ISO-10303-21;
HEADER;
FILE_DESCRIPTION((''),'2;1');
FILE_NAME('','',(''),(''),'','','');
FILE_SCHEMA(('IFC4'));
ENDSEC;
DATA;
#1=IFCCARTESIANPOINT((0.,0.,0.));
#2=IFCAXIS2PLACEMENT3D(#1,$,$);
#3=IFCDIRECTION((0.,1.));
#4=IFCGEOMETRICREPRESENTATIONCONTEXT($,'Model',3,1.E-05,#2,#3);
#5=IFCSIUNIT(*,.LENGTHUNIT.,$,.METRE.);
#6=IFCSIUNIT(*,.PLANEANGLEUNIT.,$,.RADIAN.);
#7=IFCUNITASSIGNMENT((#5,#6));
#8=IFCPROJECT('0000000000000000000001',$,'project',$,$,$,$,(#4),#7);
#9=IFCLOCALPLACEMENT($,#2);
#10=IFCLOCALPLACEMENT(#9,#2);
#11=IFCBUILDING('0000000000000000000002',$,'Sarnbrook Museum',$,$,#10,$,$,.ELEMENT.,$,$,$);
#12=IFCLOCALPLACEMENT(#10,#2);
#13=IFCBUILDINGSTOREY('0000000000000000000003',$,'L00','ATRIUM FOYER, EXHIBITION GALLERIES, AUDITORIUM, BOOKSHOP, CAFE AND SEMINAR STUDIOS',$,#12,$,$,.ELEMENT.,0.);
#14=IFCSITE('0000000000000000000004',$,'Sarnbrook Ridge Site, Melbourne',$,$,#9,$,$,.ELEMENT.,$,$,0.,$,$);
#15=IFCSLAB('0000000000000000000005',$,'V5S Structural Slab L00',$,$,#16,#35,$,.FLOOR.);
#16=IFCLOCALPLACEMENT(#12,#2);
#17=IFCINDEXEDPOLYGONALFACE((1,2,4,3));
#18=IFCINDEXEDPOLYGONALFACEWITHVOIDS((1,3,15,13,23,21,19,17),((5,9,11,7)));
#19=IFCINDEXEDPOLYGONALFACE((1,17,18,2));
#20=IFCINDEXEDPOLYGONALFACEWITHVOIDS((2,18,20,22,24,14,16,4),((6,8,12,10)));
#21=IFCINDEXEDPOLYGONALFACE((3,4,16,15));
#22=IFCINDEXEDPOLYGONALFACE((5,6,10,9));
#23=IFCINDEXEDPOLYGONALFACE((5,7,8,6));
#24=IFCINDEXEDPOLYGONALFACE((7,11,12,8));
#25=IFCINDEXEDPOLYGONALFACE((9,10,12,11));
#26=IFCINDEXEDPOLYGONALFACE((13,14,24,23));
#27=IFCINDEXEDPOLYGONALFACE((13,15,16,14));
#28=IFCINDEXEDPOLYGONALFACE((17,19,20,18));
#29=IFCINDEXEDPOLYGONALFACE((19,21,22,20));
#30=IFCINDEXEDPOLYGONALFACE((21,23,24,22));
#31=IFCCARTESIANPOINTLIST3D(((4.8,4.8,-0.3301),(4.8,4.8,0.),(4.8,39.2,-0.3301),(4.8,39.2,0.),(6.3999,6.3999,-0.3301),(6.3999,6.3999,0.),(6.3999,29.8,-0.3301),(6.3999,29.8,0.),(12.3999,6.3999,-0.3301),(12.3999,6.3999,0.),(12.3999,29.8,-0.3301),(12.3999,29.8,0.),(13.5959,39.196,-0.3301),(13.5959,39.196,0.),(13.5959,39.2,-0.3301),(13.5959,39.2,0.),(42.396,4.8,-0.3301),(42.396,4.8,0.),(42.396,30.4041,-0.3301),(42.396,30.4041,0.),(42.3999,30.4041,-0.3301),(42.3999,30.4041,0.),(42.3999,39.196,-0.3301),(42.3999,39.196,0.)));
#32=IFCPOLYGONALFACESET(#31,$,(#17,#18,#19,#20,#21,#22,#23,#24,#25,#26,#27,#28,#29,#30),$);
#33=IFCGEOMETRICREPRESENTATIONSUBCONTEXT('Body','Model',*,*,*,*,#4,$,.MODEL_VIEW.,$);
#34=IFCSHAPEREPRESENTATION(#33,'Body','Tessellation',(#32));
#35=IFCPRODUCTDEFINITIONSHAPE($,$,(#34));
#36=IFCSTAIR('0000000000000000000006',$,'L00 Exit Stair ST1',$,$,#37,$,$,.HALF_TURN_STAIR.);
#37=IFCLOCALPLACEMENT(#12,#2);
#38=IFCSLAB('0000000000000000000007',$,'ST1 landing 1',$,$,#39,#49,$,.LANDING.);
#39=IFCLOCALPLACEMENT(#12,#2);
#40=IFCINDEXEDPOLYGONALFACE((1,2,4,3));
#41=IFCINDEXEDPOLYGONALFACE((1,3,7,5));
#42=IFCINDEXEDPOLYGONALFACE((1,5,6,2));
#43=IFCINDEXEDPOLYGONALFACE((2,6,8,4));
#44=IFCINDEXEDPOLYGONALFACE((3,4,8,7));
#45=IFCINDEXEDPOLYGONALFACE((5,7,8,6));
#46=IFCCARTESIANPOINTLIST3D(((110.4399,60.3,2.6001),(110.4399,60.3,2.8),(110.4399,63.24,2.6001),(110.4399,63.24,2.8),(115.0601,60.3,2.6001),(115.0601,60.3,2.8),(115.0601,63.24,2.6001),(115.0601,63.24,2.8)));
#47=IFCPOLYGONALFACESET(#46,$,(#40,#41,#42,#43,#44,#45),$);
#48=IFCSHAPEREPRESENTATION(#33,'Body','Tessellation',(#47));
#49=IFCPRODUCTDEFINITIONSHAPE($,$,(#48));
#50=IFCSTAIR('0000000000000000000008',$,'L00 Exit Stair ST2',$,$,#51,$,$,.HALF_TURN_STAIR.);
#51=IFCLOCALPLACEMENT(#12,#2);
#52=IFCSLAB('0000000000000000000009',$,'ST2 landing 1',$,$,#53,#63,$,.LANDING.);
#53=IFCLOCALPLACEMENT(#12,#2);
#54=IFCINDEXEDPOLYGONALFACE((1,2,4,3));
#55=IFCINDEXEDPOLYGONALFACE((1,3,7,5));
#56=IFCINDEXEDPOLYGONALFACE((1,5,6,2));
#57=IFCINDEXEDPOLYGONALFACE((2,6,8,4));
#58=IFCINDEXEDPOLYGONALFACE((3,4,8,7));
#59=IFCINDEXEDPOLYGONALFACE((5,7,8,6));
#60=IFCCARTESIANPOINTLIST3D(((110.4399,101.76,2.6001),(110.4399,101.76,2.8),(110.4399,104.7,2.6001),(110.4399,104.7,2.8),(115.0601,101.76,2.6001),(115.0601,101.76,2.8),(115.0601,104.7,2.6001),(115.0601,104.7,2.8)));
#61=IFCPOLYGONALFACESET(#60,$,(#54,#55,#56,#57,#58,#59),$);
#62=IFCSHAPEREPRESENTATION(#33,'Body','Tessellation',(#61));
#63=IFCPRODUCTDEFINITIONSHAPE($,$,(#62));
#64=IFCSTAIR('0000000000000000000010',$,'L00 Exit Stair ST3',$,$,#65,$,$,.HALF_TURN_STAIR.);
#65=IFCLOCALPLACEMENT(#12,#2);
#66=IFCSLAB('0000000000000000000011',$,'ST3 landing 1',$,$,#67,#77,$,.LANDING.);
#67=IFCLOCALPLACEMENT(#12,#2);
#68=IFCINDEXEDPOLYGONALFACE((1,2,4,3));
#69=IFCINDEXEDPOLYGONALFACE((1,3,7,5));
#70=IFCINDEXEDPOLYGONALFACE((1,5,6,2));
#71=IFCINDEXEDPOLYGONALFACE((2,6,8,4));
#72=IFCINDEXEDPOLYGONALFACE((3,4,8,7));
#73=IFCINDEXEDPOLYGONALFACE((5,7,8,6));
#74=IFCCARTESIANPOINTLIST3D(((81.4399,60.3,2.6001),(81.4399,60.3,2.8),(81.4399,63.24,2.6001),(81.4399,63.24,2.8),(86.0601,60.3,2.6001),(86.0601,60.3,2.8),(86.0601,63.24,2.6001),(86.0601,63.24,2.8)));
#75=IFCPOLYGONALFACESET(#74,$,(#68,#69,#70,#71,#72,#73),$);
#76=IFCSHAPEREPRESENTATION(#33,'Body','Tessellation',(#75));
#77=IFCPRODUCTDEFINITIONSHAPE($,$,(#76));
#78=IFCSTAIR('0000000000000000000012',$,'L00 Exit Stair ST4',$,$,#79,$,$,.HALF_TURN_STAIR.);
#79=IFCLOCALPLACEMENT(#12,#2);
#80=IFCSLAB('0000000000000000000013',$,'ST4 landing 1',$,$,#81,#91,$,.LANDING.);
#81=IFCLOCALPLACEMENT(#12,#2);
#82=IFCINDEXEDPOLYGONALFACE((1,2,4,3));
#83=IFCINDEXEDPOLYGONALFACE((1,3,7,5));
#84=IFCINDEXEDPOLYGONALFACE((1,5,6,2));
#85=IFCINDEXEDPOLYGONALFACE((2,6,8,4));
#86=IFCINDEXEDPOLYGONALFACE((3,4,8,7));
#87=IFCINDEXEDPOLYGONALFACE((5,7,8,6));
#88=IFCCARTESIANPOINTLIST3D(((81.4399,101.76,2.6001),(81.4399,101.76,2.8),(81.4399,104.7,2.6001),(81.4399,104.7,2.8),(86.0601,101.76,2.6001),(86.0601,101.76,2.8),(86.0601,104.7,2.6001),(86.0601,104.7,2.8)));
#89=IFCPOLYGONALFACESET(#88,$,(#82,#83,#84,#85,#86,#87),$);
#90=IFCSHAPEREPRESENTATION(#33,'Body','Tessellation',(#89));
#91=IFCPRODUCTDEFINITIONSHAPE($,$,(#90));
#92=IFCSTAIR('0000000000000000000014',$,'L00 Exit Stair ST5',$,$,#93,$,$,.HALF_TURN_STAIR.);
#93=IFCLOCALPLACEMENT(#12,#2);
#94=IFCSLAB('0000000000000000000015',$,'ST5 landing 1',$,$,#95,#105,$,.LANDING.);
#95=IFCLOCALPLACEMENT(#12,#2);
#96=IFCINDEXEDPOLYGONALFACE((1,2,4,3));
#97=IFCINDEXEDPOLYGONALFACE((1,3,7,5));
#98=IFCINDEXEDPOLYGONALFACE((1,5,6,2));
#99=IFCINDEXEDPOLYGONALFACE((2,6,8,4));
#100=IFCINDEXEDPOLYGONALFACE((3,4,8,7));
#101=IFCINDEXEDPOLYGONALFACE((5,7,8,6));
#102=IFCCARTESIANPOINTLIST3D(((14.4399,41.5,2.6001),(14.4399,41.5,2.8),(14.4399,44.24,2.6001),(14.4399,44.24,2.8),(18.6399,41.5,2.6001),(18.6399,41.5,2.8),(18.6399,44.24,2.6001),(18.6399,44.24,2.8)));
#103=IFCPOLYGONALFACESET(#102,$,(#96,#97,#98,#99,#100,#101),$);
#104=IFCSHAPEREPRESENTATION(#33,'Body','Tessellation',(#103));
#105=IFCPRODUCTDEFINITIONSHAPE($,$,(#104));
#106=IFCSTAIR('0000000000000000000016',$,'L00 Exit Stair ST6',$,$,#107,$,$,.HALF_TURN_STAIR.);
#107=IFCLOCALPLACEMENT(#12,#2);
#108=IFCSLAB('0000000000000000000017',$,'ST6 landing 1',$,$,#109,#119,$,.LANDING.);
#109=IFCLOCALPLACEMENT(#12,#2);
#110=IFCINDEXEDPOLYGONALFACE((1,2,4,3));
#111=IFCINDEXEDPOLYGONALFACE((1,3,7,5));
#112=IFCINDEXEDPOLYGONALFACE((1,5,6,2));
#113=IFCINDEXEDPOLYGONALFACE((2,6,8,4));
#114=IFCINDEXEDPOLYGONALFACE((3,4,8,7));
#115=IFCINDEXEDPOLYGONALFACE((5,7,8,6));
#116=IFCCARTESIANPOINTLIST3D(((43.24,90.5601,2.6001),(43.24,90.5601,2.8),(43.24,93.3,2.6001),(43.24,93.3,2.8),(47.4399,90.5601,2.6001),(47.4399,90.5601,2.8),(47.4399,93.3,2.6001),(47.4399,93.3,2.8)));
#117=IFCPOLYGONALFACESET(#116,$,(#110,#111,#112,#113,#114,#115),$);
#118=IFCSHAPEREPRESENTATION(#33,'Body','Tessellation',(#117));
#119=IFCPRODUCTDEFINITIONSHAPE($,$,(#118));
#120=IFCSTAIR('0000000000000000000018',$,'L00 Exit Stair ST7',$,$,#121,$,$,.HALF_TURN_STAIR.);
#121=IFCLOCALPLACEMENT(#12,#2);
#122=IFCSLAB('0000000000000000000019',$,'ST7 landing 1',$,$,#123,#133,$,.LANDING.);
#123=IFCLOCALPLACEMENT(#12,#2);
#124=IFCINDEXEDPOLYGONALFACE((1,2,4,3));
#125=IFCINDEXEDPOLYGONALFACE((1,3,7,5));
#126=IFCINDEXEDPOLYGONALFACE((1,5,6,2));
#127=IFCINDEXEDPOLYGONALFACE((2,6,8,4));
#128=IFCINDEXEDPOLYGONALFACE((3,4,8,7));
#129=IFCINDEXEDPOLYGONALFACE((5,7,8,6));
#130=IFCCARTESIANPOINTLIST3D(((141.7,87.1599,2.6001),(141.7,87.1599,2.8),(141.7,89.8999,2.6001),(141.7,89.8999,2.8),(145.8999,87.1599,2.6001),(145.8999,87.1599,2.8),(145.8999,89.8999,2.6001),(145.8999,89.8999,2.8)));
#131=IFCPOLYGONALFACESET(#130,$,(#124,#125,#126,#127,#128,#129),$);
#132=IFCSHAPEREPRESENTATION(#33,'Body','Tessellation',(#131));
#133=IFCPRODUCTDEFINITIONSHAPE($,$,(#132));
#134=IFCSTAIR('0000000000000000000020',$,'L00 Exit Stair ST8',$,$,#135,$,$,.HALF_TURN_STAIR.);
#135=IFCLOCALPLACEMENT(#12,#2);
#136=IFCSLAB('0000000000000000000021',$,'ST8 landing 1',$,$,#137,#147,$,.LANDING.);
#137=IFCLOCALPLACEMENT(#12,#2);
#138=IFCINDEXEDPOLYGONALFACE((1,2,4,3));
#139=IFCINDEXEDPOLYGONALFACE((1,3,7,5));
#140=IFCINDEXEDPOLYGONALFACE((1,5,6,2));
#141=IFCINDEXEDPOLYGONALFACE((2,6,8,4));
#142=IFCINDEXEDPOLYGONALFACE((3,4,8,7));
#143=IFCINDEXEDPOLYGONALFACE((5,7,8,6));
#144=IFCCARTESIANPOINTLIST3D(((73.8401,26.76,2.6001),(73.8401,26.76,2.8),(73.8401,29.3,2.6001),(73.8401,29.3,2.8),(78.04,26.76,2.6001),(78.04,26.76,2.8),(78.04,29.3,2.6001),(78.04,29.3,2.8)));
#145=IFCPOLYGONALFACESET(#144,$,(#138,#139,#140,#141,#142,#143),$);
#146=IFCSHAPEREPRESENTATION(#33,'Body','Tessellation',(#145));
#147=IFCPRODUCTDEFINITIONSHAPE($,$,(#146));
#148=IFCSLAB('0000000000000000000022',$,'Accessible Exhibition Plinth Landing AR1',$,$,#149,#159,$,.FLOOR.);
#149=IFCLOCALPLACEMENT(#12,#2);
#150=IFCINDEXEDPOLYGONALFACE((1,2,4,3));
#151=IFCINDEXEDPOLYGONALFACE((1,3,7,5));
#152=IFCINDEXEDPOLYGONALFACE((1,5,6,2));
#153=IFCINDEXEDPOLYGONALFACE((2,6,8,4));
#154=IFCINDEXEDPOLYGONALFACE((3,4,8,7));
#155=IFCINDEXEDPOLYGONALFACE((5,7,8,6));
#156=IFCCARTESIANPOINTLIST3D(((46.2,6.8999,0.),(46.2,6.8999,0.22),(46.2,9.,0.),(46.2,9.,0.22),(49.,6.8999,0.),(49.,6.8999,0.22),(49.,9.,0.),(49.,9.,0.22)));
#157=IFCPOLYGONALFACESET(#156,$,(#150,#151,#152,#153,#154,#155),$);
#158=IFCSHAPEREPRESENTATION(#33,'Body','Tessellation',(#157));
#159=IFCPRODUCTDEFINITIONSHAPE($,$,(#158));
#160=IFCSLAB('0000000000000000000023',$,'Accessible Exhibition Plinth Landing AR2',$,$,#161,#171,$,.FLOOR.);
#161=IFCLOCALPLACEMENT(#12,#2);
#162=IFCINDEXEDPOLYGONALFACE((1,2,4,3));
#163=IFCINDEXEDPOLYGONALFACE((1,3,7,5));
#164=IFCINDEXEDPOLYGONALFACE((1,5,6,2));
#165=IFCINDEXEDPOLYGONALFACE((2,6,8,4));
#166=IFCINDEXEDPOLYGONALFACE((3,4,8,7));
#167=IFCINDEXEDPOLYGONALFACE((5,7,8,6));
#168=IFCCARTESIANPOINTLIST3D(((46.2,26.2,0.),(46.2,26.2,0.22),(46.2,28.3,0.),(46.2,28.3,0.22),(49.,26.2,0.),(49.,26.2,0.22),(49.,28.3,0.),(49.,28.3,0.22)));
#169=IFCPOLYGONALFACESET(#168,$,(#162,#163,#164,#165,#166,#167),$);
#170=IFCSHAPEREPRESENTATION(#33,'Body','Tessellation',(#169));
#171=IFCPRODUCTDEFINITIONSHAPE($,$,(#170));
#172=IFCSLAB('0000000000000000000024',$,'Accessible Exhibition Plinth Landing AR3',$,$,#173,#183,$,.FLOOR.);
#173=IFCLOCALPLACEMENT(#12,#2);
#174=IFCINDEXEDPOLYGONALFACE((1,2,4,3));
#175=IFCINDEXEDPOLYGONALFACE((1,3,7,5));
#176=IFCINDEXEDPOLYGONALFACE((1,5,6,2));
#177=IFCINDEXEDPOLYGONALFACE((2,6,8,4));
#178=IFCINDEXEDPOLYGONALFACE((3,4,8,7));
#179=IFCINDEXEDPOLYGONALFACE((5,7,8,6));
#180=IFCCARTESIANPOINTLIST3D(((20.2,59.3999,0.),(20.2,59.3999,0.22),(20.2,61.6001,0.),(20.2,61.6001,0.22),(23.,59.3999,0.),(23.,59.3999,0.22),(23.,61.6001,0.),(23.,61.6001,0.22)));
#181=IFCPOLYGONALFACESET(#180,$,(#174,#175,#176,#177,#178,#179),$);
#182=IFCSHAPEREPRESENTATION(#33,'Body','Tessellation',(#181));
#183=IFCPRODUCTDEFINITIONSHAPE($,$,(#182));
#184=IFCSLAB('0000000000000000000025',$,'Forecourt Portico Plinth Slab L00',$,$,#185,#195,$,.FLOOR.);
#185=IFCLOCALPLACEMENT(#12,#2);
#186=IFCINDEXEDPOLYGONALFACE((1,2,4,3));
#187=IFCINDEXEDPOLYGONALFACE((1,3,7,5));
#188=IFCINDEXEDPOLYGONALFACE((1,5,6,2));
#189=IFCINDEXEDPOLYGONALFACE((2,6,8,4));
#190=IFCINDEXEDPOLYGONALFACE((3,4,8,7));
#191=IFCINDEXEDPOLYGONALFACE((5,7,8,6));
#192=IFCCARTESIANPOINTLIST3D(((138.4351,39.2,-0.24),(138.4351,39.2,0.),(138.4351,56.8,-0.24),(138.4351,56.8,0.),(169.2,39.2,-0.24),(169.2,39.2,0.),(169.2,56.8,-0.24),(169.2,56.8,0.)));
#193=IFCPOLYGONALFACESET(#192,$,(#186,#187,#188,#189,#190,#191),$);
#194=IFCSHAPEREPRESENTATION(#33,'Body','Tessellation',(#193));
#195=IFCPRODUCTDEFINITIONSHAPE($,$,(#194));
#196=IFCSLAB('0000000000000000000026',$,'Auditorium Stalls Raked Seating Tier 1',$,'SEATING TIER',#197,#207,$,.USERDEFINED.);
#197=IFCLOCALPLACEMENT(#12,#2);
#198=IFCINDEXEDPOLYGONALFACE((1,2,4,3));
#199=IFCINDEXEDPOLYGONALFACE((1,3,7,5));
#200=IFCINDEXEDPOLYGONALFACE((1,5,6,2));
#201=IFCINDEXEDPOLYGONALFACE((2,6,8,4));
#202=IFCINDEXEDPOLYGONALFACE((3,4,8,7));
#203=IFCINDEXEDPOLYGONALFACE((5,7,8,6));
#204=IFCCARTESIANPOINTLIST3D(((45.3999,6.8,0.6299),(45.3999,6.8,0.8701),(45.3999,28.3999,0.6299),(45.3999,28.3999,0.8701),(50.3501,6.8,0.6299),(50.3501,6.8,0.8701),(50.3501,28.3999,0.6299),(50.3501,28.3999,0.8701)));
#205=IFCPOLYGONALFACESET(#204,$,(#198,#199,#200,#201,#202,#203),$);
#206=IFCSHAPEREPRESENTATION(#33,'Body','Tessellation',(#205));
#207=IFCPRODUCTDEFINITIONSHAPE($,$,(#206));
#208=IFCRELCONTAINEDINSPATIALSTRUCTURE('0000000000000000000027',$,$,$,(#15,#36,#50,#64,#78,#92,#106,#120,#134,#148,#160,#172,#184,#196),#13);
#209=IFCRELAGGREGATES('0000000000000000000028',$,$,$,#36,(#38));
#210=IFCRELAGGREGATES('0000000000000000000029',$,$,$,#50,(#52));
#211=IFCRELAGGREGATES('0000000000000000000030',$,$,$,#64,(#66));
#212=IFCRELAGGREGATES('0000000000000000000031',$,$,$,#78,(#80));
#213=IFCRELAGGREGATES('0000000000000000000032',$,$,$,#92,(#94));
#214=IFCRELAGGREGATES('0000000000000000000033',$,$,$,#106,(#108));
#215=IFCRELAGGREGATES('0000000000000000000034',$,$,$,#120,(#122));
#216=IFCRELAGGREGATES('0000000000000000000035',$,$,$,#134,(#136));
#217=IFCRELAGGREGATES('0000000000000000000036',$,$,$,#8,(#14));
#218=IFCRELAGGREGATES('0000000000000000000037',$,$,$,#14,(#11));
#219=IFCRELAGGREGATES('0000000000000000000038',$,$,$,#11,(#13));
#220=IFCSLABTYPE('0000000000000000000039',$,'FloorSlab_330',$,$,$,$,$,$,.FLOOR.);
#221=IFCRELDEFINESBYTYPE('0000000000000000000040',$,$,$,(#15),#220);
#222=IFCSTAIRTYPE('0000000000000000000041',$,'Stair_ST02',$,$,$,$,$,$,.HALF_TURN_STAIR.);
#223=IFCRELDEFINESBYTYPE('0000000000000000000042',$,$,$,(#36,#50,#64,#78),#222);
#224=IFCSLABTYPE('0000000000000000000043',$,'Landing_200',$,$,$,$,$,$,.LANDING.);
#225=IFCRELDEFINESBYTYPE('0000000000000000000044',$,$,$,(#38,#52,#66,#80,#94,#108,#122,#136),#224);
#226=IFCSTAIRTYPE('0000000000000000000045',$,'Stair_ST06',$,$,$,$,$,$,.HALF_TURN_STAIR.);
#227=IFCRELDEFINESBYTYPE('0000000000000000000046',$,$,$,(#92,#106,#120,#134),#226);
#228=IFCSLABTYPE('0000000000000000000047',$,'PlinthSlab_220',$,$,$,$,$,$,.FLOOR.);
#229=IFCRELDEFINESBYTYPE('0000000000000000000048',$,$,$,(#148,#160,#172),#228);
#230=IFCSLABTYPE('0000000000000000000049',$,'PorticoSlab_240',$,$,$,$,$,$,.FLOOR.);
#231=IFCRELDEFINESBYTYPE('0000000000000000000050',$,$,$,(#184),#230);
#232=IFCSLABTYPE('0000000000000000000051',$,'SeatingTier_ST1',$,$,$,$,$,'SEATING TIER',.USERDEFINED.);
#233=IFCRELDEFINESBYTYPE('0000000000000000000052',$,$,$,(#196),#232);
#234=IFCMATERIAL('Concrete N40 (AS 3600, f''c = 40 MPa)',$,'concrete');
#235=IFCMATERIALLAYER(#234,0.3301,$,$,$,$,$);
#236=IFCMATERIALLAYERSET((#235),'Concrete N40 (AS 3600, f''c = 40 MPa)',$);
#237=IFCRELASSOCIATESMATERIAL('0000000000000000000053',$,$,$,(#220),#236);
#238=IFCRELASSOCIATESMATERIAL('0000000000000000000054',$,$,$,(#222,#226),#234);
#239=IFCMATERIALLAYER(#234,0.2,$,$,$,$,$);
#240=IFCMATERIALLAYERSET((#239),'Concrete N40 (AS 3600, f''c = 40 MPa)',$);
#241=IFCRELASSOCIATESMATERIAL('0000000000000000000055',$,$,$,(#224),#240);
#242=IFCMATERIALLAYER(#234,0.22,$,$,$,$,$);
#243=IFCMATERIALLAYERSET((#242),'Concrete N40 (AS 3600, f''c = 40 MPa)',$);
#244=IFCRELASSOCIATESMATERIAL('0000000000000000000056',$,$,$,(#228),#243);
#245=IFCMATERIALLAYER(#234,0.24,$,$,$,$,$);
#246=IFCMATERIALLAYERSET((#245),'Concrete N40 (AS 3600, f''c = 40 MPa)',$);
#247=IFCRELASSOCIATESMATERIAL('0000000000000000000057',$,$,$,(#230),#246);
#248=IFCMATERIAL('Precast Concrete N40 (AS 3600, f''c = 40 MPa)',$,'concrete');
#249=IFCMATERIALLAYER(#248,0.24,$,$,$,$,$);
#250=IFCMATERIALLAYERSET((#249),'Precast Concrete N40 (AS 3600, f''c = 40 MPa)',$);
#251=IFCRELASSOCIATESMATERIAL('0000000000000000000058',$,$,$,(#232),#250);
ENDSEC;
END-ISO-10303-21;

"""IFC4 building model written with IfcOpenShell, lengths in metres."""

from ifc_helpers import new_model, si_unit, direction, frame, origin, place, context, subcontext, project, spatial, polyline, outline, extrude, material, layer, layer_set, type_object, element, aggregate, save


model = new_model("IFC4")

# Units and contexts
model_context = context("Model", 3, precision=1e-05, world=origin(), true_north=direction((0.0, 1.0)))
body_context = subcontext(model_context, "Body", "Model", "MODEL_VIEW")
ifc_project = project(units=[si_unit("LENGTHUNIT", "METRE"), si_unit("PLANEANGLEUNIT", "RADIAN")], contexts=[model_context])

# Site, building, storey
site_placement = place(None, origin())
site = spatial("IfcSite", under=ifc_project, at=site_placement, Name="Sarnbrook Ridge Site, Melbourne", CompositionType="ELEMENT", RefElevation=0.0)
building_placement = place(site_placement, origin())
building = spatial("IfcBuilding", under=site, at=building_placement, Name="Sarnbrook Museum", CompositionType="ELEMENT")
storey_placement = place(building_placement, origin())
storey = spatial("IfcBuildingStorey", under=building, at=storey_placement, Name="L00", Description="ATRIUM FOYER, EXHIBITION GALLERIES, AUDITORIUM, BOOKSHOP, CAFE AND SEMINAR STUDIOS", CompositionType="ELEMENT", Elevation=0.0)

# Slab
ifc_material_1 = material(Name="Concrete N40 (AS 3600, f'c = 40 MPa)", Category="concrete")
ifc_layer_1 = layer(ifc_material_1, 0.3301)
ifc_layer_set_1 = layer_set([ifc_layer_1], Name="Concrete N40 (AS 3600, f'c = 40 MPa)")
slab_type_1 = type_object("IfcSlabType", Name="FloorSlab_330", PredefinedType="FLOOR", material=ifc_layer_set_1)
slab_1_placement = place(storey_placement, frame((0.0, 0.0, -0.3301)))
element("IfcSlab", 1, at=slab_1_placement, inside=storey, type_object=slab_type_1, Name="V5S Structural Slab L00", PredefinedType="FLOOR", context=body_context, shape_type="SweptSolid", body=[
    extrude(outline(polyline([(42.3999, 30.4041), (42.396, 30.4041), (42.396, 4.8), (4.8, 4.8), (4.8, 39.2), (13.5959, 39.2), (13.5959, 39.196), (42.3999, 39.196), (42.3999, 30.4041)]), holes=[polyline([(12.3999, 29.8), (12.3999, 6.3999), (6.3999, 6.3999), (6.3999, 29.8), (12.3999, 29.8)])]), origin(), (0.0, 0.0, 1.0), 0.3301),
])

# Stairs, slabs
stair_type_1 = type_object("IfcStairType", Name="Stair_ST02", PredefinedType="HALF_TURN_STAIR", material=ifc_material_1)
stair_1_placement = place(storey_placement, origin())
stair_1 = element("IfcStair", 2, at=stair_1_placement, inside=storey, type_object=stair_type_1, Name="L00 Exit Stair ST1", PredefinedType="HALF_TURN_STAIR")
ifc_layer_2 = layer(ifc_material_1, 0.2)
ifc_layer_set_2 = layer_set([ifc_layer_2], Name="Concrete N40 (AS 3600, f'c = 40 MPa)")
slab_type_2 = type_object("IfcSlabType", Name="Landing_200", PredefinedType="LANDING", material=ifc_layer_set_2)
slab_2_placement = place(storey_placement, frame((0.0, 0.0, 2.6001)))
slab_2 = element("IfcSlab", 3, at=slab_2_placement, type_object=slab_type_2, Name="ST1 landing 1", PredefinedType="LANDING", context=body_context, shape_type="SweptSolid", body=[
    extrude(outline(polyline([(110.4399, 63.24), (110.4399, 60.3), (115.0601, 60.3), (115.0601, 63.24), (110.4399, 63.24)])), origin(), (0.0, 0.0, 1.0), 0.2),
])
aggregate(stair_1, [slab_2])
stair_2_placement = place(storey_placement, origin())
stair_2 = element("IfcStair", 4, at=stair_2_placement, inside=storey, type_object=stair_type_1, Name="L00 Exit Stair ST2", PredefinedType="HALF_TURN_STAIR")
slab_3_placement = place(storey_placement, frame((0.0, 0.0, 2.6001)))
slab_3 = element("IfcSlab", 5, at=slab_3_placement, type_object=slab_type_2, Name="ST2 landing 1", PredefinedType="LANDING", context=body_context, shape_type="SweptSolid", body=[
    extrude(outline(polyline([(115.0601, 101.76), (115.0601, 104.7), (110.4399, 104.7), (110.4399, 101.76), (115.0601, 101.76)])), origin(), (0.0, 0.0, 1.0), 0.2),
])
aggregate(stair_2, [slab_3])
stair_3_placement = place(storey_placement, origin())
stair_3 = element("IfcStair", 6, at=stair_3_placement, inside=storey, type_object=stair_type_1, Name="L00 Exit Stair ST3", PredefinedType="HALF_TURN_STAIR")
slab_4_placement = place(storey_placement, frame((0.0, 0.0, 2.6001)))
slab_4 = element("IfcSlab", 7, at=slab_4_placement, type_object=slab_type_2, Name="ST3 landing 1", PredefinedType="LANDING", context=body_context, shape_type="SweptSolid", body=[
    extrude(outline(polyline([(81.4399, 63.24), (81.4399, 60.3), (86.0601, 60.3), (86.0601, 63.24), (81.4399, 63.24)])), origin(), (0.0, 0.0, 1.0), 0.2),
])
aggregate(stair_3, [slab_4])
stair_4_placement = place(storey_placement, origin())
stair_4 = element("IfcStair", 8, at=stair_4_placement, inside=storey, type_object=stair_type_1, Name="L00 Exit Stair ST4", PredefinedType="HALF_TURN_STAIR")
slab_5_placement = place(storey_placement, frame((0.0, 0.0, 2.6001)))
slab_5 = element("IfcSlab", 9, at=slab_5_placement, type_object=slab_type_2, Name="ST4 landing 1", PredefinedType="LANDING", context=body_context, shape_type="SweptSolid", body=[
    extrude(outline(polyline([(86.0601, 101.76), (86.0601, 104.7), (81.4399, 104.7), (81.4399, 101.76), (86.0601, 101.76)])), origin(), (0.0, 0.0, 1.0), 0.2),
])
aggregate(stair_4, [slab_5])
stair_type_2 = type_object("IfcStairType", Name="Stair_ST06", PredefinedType="HALF_TURN_STAIR", material=ifc_material_1)
stair_5_placement = place(storey_placement, origin())
stair_5 = element("IfcStair", 10, at=stair_5_placement, inside=storey, type_object=stair_type_2, Name="L00 Exit Stair ST5", PredefinedType="HALF_TURN_STAIR")
slab_6_placement = place(storey_placement, frame((0.0, 0.0, 2.6001)))
slab_6 = element("IfcSlab", 11, at=slab_6_placement, type_object=slab_type_2, Name="ST5 landing 1", PredefinedType="LANDING", context=body_context, shape_type="SweptSolid", body=[
    extrude(outline(polyline([(14.4399, 44.24), (14.4399, 41.5), (18.6399, 41.5), (18.6399, 44.24), (14.4399, 44.24)])), origin(), (0.0, 0.0, 1.0), 0.2),
])
aggregate(stair_5, [slab_6])
stair_6_placement = place(storey_placement, origin())
stair_6 = element("IfcStair", 12, at=stair_6_placement, inside=storey, type_object=stair_type_2, Name="L00 Exit Stair ST6", PredefinedType="HALF_TURN_STAIR")
slab_7_placement = place(storey_placement, frame((0.0, 0.0, 2.6001)))
slab_7 = element("IfcSlab", 13, at=slab_7_placement, type_object=slab_type_2, Name="ST6 landing 1", PredefinedType="LANDING", context=body_context, shape_type="SweptSolid", body=[
    extrude(outline(polyline([(47.4399, 90.5601), (47.4399, 93.3), (43.24, 93.3), (43.24, 90.5601), (47.4399, 90.5601)])), origin(), (0.0, 0.0, 1.0), 0.2),
])
aggregate(stair_6, [slab_7])
stair_7_placement = place(storey_placement, origin())
stair_7 = element("IfcStair", 14, at=stair_7_placement, inside=storey, type_object=stair_type_2, Name="L00 Exit Stair ST7", PredefinedType="HALF_TURN_STAIR")
slab_8_placement = place(storey_placement, frame((0.0, 0.0, 2.6001)))
slab_8 = element("IfcSlab", 15, at=slab_8_placement, type_object=slab_type_2, Name="ST7 landing 1", PredefinedType="LANDING", context=body_context, shape_type="SweptSolid", body=[
    extrude(outline(polyline([(145.8999, 87.1599), (145.8999, 89.8999), (141.7, 89.8999), (141.7, 87.1599), (145.8999, 87.1599)])), origin(), (0.0, 0.0, 1.0), 0.2),
])
aggregate(stair_7, [slab_8])
stair_8_placement = place(storey_placement, origin())
stair_8 = element("IfcStair", 16, at=stair_8_placement, inside=storey, type_object=stair_type_2, Name="L00 Exit Stair ST8", PredefinedType="HALF_TURN_STAIR")
slab_9_placement = place(storey_placement, frame((0.0, 0.0, 2.6001)))
slab_9 = element("IfcSlab", 17, at=slab_9_placement, type_object=slab_type_2, Name="ST8 landing 1", PredefinedType="LANDING", context=body_context, shape_type="SweptSolid", body=[
    extrude(outline(polyline([(78.04, 26.76), (78.04, 29.3), (73.8401, 29.3), (73.8401, 26.76), (78.04, 26.76)])), origin(), (0.0, 0.0, 1.0), 0.2),
])
aggregate(stair_8, [slab_9])

# Slabs
ifc_layer_3 = layer(ifc_material_1, 0.22)
ifc_layer_set_3 = layer_set([ifc_layer_3], Name="Concrete N40 (AS 3600, f'c = 40 MPa)")
slab_type_3 = type_object("IfcSlabType", Name="PlinthSlab_220", PredefinedType="FLOOR", material=ifc_layer_set_3)
slab_10_placement = place(storey_placement, origin())
element("IfcSlab", 18, at=slab_10_placement, inside=storey, type_object=slab_type_3, Name="Accessible Exhibition Plinth Landing AR1", PredefinedType="FLOOR", context=body_context, shape_type="SweptSolid", body=[
    extrude(outline(polyline([(46.2, 6.8999), (49.0, 6.8999), (49.0, 9.0), (46.2, 9.0), (46.2, 6.8999)])), origin(), (0.0, 0.0, 1.0), 0.22),
])
slab_11_placement = place(storey_placement, origin())
element("IfcSlab", 19, at=slab_11_placement, inside=storey, type_object=slab_type_3, Name="Accessible Exhibition Plinth Landing AR2", PredefinedType="FLOOR", context=body_context, shape_type="SweptSolid", body=[
    extrude(outline(polyline([(46.2, 26.2), (49.0, 26.2), (49.0, 28.3), (46.2, 28.3), (46.2, 26.2)])), origin(), (0.0, 0.0, 1.0), 0.22),
])
slab_12_placement = place(storey_placement, origin())
element("IfcSlab", 20, at=slab_12_placement, inside=storey, type_object=slab_type_3, Name="Accessible Exhibition Plinth Landing AR3", PredefinedType="FLOOR", context=body_context, shape_type="SweptSolid", body=[
    extrude(outline(polyline([(20.2, 59.3999), (23.0, 59.3999), (23.0, 61.6001), (20.2, 61.6001), (20.2, 59.3999)])), origin(), (0.0, 0.0, 1.0), 0.22),
])
ifc_layer_4 = layer(ifc_material_1, 0.24)
ifc_layer_set_4 = layer_set([ifc_layer_4], Name="Concrete N40 (AS 3600, f'c = 40 MPa)")
slab_type_4 = type_object("IfcSlabType", Name="PorticoSlab_240", PredefinedType="FLOOR", material=ifc_layer_set_4)
slab_13_placement = place(storey_placement, frame((0.0, 0.0, -0.24)))
element("IfcSlab", 21, at=slab_13_placement, inside=storey, type_object=slab_type_4, Name="Forecourt Portico Plinth Slab L00", PredefinedType="FLOOR", context=body_context, shape_type="SweptSolid", body=[
    extrude(outline(polyline([(169.2, 39.2), (138.4351, 39.2), (138.4351, 56.8), (169.2, 56.8), (169.2, 39.2)])), origin(), (0.0, 0.0, 1.0), 0.24),
])
ifc_material_2 = material(Name="Precast Concrete N40 (AS 3600, f'c = 40 MPa)", Category="concrete")
ifc_layer_5 = layer(ifc_material_2, 0.24)
ifc_layer_set_5 = layer_set([ifc_layer_5], Name="Precast Concrete N40 (AS 3600, f'c = 40 MPa)")
slab_type_5 = type_object("IfcSlabType", Name="SeatingTier_ST1", ElementType="SEATING TIER", PredefinedType="USERDEFINED", material=ifc_layer_set_5)
slab_14_placement = place(storey_placement, frame((0.0, 0.0, 0.6299)))
element("IfcSlab", 22, at=slab_14_placement, inside=storey, type_object=slab_type_5, Name="Auditorium Stalls Raked Seating Tier 1", ObjectType="SEATING TIER", PredefinedType="USERDEFINED", context=body_context, shape_type="SweptSolid", body=[
    extrude(outline(polyline([(45.3999, 6.8), (50.3501, 6.8), (50.3501, 28.3999), (45.3999, 28.3999), (45.3999, 6.8)])), origin(), (0.0, 0.0, 1.0), 0.2402),
])

save(model, "model.ifc")
